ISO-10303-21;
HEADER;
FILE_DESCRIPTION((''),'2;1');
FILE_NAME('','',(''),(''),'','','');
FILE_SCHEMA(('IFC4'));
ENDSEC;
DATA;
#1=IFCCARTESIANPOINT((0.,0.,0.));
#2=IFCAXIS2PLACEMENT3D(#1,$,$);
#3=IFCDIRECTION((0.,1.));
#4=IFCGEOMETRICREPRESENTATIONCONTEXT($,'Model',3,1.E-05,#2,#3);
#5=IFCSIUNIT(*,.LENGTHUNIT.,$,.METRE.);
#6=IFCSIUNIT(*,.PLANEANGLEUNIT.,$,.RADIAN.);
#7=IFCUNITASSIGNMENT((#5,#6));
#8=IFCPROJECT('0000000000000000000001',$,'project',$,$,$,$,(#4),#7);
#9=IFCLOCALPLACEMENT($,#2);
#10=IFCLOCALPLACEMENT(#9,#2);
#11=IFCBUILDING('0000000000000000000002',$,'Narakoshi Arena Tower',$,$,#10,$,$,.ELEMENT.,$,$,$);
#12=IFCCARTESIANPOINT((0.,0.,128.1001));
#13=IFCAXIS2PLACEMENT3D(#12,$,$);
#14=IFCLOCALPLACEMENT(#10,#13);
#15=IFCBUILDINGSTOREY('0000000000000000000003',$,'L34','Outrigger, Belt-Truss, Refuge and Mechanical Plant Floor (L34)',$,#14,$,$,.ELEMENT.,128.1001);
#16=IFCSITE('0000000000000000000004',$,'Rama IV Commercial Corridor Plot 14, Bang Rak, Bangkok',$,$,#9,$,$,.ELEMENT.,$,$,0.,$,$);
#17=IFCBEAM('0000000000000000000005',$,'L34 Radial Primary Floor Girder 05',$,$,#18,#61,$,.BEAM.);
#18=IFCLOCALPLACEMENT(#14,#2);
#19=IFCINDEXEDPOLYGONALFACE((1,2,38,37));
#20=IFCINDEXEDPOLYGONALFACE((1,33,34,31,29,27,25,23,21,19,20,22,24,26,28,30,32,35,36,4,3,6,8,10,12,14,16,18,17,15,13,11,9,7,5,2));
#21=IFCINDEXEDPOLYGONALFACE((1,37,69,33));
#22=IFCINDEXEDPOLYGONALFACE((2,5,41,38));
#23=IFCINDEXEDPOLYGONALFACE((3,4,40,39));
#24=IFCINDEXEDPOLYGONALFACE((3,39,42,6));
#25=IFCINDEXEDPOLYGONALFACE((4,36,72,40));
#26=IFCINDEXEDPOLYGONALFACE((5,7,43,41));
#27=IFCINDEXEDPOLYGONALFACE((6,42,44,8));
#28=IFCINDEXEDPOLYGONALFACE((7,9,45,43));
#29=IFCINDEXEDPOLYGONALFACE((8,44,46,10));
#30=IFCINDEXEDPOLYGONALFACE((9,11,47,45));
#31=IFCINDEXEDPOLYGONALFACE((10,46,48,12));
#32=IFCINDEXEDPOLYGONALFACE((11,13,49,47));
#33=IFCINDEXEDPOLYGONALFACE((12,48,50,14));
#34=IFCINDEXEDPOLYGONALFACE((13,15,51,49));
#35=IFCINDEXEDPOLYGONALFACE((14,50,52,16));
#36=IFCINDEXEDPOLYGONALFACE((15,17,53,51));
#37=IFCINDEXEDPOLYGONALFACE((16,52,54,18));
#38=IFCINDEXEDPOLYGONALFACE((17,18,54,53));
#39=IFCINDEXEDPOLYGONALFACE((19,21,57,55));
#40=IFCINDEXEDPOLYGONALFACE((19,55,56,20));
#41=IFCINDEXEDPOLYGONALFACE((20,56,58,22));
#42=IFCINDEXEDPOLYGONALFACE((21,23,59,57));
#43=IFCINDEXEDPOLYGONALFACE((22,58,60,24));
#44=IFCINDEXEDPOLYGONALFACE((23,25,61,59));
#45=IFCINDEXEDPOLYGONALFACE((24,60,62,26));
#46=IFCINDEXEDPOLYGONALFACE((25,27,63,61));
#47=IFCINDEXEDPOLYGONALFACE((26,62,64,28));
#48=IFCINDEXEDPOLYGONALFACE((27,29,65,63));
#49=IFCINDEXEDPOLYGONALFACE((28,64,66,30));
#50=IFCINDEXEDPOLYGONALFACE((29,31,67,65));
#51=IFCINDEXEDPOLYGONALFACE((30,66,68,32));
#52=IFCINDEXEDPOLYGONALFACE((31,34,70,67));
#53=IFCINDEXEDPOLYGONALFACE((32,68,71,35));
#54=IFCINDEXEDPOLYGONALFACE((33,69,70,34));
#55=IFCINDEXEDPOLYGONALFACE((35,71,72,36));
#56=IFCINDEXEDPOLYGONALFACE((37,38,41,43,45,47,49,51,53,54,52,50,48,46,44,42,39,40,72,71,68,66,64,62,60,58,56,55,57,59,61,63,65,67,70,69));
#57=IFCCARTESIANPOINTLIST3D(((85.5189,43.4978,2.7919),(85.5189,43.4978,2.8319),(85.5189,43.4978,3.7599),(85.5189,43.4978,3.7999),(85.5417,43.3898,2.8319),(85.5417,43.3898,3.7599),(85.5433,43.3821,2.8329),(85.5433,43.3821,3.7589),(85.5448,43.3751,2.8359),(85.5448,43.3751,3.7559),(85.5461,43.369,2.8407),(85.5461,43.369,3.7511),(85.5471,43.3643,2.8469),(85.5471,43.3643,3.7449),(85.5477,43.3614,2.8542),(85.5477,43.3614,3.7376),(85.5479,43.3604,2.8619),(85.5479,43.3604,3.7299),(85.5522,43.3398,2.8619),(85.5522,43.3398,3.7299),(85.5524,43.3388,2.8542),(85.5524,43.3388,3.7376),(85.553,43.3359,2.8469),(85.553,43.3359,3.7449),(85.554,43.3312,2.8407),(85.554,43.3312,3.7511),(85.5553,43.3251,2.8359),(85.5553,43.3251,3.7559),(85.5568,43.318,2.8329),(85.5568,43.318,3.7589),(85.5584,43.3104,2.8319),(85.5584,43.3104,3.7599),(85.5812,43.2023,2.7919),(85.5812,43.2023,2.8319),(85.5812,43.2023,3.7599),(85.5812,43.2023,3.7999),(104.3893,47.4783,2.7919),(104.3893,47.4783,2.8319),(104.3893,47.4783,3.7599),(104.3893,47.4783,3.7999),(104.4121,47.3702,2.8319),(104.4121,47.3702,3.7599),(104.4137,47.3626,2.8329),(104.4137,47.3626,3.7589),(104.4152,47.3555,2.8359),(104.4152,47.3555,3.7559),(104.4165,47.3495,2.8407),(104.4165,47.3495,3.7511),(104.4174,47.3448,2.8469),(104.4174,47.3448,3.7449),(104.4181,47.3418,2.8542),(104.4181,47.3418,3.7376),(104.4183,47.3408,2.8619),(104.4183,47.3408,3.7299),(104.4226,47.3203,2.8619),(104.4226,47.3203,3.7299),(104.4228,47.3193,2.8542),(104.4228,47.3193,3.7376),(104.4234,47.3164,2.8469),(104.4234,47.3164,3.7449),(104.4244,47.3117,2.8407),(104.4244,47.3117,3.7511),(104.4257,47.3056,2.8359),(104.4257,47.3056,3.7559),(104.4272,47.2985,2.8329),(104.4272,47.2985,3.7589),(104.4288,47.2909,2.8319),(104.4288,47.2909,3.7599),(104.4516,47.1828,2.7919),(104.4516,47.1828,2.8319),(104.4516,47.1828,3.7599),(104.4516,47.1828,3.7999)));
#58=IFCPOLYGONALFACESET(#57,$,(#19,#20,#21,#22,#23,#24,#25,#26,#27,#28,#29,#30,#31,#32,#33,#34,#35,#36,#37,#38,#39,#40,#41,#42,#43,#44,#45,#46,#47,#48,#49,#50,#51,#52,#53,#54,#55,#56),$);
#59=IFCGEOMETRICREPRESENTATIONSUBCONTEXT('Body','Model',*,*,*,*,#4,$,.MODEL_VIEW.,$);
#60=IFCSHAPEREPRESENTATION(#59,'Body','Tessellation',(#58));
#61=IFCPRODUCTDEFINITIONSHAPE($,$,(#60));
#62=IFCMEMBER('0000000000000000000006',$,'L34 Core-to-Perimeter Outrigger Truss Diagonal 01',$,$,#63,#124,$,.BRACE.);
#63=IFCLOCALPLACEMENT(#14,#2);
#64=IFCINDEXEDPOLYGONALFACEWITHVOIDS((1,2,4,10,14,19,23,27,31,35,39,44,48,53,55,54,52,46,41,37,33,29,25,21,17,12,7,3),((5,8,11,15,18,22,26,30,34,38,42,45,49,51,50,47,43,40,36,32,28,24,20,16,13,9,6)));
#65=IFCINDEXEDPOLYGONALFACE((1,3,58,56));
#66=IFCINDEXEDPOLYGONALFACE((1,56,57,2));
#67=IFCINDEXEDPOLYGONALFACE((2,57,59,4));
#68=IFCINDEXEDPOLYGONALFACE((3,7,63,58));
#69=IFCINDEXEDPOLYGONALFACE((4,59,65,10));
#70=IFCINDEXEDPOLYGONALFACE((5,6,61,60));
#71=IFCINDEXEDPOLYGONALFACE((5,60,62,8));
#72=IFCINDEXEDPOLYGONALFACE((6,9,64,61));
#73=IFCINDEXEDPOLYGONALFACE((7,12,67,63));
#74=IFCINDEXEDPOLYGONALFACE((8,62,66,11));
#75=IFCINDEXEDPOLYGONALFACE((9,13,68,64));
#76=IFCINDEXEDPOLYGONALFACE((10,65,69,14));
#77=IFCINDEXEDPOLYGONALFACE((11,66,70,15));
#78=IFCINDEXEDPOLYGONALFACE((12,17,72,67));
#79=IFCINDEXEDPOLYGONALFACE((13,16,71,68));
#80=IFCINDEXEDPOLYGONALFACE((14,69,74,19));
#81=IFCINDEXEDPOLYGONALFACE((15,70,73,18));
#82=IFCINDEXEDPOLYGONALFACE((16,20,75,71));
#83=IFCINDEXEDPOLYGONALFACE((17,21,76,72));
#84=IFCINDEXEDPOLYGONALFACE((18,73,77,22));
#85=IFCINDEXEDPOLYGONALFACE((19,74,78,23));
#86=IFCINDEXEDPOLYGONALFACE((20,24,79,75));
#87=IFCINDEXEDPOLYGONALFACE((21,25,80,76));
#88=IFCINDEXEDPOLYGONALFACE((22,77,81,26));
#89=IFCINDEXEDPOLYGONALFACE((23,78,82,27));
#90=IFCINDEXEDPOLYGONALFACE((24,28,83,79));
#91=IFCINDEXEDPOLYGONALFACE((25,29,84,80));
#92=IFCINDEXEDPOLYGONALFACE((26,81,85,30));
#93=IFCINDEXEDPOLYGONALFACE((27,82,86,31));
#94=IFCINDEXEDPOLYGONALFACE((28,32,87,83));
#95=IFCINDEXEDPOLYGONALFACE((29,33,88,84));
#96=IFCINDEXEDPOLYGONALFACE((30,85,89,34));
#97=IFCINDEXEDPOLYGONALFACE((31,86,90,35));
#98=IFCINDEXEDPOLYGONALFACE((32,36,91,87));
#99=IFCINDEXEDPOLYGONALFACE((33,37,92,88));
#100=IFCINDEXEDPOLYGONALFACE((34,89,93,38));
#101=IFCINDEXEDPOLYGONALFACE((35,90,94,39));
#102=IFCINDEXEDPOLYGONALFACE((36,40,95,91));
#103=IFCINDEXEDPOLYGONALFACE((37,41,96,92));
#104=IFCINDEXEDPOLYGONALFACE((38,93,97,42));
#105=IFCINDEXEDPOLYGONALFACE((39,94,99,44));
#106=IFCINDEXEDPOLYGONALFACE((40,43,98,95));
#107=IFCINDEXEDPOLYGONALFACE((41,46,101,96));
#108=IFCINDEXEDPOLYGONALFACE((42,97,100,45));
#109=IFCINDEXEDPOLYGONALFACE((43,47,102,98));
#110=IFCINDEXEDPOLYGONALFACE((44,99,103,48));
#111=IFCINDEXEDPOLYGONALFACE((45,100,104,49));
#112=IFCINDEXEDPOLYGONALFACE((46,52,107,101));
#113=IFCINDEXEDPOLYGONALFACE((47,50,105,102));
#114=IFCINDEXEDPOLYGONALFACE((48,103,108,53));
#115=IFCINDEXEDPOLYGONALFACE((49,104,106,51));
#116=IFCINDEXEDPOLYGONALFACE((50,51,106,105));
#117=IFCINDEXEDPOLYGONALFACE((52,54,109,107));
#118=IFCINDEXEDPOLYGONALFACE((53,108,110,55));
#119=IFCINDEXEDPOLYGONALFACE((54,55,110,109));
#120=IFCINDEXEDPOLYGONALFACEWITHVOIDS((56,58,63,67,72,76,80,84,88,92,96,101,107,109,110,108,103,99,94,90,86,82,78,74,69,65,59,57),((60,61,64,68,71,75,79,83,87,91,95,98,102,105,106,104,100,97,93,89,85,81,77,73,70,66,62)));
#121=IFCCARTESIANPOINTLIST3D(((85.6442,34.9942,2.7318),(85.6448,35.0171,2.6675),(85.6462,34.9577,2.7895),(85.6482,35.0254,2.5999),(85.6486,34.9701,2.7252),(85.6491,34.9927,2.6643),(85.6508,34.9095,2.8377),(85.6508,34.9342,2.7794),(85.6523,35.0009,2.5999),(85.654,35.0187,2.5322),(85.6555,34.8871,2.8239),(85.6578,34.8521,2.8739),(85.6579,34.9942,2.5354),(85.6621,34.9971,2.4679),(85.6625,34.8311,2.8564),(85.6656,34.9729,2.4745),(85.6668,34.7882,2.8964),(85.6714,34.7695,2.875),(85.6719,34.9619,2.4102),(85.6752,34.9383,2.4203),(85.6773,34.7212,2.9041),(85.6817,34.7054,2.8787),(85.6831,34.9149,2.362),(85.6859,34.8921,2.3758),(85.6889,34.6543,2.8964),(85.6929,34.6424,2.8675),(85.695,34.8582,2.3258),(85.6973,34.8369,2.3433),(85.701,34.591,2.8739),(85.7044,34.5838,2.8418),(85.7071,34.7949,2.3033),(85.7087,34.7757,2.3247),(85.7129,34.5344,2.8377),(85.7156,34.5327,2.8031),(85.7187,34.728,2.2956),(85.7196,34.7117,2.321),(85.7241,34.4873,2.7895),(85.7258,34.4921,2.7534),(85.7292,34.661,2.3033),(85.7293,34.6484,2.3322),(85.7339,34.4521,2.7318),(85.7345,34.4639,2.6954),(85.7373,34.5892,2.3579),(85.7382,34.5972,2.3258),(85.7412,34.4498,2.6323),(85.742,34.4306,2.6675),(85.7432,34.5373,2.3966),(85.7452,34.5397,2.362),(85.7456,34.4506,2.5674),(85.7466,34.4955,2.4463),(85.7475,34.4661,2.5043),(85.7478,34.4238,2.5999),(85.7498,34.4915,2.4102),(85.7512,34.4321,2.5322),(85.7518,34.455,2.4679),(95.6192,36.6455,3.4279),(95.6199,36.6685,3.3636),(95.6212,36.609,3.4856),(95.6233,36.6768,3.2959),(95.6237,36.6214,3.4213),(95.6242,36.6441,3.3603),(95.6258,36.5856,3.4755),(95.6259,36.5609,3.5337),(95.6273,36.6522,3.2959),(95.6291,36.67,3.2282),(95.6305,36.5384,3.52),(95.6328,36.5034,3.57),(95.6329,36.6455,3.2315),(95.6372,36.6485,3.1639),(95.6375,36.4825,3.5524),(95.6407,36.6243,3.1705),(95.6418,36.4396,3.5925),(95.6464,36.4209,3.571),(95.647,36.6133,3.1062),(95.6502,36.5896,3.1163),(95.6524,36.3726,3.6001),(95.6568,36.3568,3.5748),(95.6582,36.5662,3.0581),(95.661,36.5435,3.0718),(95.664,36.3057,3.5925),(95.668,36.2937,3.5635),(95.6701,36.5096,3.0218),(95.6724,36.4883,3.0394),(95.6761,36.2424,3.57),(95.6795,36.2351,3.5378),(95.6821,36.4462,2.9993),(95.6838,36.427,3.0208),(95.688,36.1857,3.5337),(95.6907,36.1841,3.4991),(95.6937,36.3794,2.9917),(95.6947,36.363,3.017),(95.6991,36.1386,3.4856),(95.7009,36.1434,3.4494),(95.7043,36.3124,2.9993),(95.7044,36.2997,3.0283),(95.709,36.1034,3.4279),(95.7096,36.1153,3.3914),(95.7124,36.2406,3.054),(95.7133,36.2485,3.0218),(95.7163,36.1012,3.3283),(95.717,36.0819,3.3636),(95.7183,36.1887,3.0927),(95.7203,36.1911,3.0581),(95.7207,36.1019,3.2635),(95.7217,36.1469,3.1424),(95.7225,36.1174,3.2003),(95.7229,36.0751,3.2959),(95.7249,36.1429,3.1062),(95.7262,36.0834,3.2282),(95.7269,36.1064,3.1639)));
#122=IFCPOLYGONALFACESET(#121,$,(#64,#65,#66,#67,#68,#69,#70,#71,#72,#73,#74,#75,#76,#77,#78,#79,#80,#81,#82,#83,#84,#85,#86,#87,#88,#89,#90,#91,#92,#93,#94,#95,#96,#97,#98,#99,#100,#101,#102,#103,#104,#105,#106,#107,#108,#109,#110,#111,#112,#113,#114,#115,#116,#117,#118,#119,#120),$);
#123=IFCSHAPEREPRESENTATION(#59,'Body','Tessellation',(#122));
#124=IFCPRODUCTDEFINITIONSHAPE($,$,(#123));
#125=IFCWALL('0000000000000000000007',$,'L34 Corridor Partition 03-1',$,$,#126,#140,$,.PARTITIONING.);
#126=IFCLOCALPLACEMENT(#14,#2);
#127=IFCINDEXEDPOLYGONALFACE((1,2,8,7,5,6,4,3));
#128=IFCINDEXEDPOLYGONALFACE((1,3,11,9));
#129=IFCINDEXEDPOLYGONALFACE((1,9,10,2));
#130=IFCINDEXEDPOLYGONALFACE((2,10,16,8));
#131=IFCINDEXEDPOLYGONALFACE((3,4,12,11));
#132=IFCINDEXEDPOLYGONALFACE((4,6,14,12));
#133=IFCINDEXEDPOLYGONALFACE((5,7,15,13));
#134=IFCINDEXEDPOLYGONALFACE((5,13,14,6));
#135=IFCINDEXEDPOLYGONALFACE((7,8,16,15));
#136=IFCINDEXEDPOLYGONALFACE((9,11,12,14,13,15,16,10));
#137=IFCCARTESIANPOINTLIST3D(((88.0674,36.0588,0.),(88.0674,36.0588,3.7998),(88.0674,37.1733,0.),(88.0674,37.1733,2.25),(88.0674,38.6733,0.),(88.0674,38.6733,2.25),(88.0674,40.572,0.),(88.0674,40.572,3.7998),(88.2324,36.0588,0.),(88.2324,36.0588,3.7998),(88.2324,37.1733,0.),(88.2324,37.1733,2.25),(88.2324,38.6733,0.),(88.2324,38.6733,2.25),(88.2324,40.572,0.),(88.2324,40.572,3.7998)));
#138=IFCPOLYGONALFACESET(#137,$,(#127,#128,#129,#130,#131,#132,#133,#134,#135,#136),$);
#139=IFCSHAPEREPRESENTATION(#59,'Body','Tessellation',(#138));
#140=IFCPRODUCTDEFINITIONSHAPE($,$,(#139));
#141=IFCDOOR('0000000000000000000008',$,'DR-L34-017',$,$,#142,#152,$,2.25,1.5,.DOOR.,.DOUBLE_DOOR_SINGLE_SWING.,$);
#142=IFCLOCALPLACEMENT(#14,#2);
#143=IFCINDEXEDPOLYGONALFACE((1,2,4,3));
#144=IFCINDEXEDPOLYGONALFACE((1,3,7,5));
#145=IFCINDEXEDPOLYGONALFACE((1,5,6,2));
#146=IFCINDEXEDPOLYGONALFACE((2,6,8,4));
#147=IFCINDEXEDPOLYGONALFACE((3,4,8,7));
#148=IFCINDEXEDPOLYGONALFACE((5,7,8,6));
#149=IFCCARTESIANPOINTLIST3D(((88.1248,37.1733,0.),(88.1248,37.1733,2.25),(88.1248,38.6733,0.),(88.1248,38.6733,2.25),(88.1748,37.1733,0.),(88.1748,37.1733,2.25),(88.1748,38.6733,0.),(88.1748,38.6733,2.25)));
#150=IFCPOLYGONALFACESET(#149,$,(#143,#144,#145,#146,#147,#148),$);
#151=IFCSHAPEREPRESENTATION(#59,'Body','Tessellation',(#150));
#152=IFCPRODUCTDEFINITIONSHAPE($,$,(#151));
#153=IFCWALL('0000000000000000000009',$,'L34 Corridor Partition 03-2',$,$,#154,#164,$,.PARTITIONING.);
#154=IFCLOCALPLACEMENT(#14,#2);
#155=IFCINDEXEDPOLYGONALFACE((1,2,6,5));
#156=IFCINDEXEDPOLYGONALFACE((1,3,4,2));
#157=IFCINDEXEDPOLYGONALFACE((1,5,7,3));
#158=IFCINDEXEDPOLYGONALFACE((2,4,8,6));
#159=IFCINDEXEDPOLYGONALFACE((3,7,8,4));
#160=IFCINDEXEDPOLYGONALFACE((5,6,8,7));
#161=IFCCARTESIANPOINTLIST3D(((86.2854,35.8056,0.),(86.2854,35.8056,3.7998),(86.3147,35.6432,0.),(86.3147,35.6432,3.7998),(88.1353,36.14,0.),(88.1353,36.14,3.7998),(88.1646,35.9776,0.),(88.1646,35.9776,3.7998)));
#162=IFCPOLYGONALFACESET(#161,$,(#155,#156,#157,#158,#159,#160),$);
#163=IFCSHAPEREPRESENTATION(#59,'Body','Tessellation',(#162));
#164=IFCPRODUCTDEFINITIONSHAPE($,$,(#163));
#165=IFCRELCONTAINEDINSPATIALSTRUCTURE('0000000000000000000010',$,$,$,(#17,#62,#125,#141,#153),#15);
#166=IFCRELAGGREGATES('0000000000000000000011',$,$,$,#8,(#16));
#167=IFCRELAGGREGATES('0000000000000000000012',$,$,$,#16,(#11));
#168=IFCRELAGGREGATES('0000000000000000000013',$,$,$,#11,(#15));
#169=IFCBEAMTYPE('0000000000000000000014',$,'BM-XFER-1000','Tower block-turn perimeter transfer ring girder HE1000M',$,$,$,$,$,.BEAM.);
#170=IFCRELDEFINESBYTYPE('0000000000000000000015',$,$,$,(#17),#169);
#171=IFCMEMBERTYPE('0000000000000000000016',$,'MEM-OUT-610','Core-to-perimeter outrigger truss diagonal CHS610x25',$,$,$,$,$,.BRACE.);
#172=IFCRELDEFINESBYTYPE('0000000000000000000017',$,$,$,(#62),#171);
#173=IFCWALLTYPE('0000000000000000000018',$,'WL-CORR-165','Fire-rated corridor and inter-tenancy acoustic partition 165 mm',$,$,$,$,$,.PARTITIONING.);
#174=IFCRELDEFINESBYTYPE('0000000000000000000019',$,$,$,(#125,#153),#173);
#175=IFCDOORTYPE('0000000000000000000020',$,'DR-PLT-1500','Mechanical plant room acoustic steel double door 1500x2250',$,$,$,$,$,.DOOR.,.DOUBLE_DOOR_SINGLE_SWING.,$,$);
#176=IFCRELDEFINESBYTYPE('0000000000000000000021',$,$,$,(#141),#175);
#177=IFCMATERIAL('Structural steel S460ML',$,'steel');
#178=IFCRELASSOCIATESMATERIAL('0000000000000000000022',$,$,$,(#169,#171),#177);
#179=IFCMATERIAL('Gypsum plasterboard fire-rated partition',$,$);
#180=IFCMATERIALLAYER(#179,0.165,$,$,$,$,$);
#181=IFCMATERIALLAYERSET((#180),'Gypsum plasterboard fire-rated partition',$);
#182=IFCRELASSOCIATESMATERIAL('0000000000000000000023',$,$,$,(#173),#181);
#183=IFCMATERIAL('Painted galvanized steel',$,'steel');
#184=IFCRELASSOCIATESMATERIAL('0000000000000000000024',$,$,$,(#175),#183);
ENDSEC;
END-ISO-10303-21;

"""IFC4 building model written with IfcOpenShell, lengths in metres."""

from ifc_helpers import new_model, si_unit, direction, frame, frame_2d, origin, origin_2d, place, context, subcontext, project, spatial, rectangle, hollow_circle, i_section, extrude, material, layer, layer_set, material_profile, profile_set, type_object, element, fill, save


model = new_model("IFC4")

# Units and contexts
model_context = context("Model", 3, precision=1e-05, world=origin(), true_north=direction((0.0, 1.0)))
body_context = subcontext(model_context, "Body", "Model", "MODEL_VIEW")
ifc_project = project(units=[si_unit("LENGTHUNIT", "METRE"), si_unit("PLANEANGLEUNIT", "RADIAN")], contexts=[model_context])

# Site, building, storey
site_placement = place(None, origin())
site = spatial("IfcSite", under=ifc_project, at=site_placement, Name="Rama IV Commercial Corridor Plot 14, Bang Rak, Bangkok", CompositionType="ELEMENT", RefElevation=0.0)
building_placement = place(site_placement, origin())
building = spatial("IfcBuilding", under=site, at=building_placement, Name="Narakoshi Arena Tower", CompositionType="ELEMENT")
storey_placement = place(building_placement, frame((0.0, 0.0, 128.1001)))
storey = spatial("IfcBuildingStorey", under=building, at=storey_placement, Name="L34", Description="Outrigger, Belt-Truss, Refuge and Mechanical Plant Floor (L34)", CompositionType="ELEMENT", Elevation=128.1001)

# Beam
ifc_material_1 = material(Name="Structural steel S460ML", Category="steel")
ifc_material_profile_1 = material_profile(ifc_material_1, i_section(OverallWidth=0.302, OverallDepth=1.0081, WebThickness=0.021, FlangeThickness=0.04, FilletRadius=0.03, at=origin_2d()), Name="HE1000M")
ifc_profile_set_1 = profile_set([ifc_material_profile_1], Name="Structural steel S460ML")
beam_type_1 = type_object("IfcBeamType", Name="BM-XFER-1000", Description="Tower block-turn perimeter transfer ring girder HE1000M", PredefinedType="BEAM", material=ifc_profile_set_1)
beam_1_placement = place(storey_placement, frame((85.55, 43.3501, 3.2959), z_axis=(0.978469, 0.206396, 0.0), x_axis=(-0.206396, 0.978469, 0.0)))
element("IfcBeam", 1, at=beam_1_placement, inside=storey, type_object=beam_type_1, Name="L34 Radial Primary Floor Girder 05", PredefinedType="BEAM", context=body_context, shape_type="SweptSolid", body=[
    extrude(i_section(OverallWidth=0.302, OverallDepth=1.0081, WebThickness=0.021, FlangeThickness=0.04, FilletRadius=0.03, at=origin_2d()), origin(), (0.0, 0.0, 1.0), 19.2856),
])

# Member
ifc_material_profile_2 = material_profile(ifc_material_1, hollow_circle(Radius=0.3049, WallThickness=0.0249, at=origin_2d()), Name="CHS610x25")
ifc_profile_set_2 = profile_set([ifc_material_profile_2], Name="Structural steel S460ML")
member_type = type_object("IfcMemberType", Name="MEM-OUT-610", Description="Core-to-perimeter outrigger truss diagonal CHS610x25", PredefinedType="BRACE", material=ifc_profile_set_2)
member_placement = place(storey_placement, frame((85.698, 34.7246, 2.5999), z_axis=(0.984243, 0.16294, 0.068679), x_axis=(-0.163326, 0.986572, 0.0)))
element("IfcMember", 2, at=member_placement, inside=storey, type_object=member_type, Name="L34 Core-to-Perimeter Outrigger Truss Diagonal 01", PredefinedType="BRACE", context=body_context, shape_type="SweptSolid", body=[
    extrude(hollow_circle(Radius=0.3049, WallThickness=0.0249, at=origin_2d()), origin(), (0.0, 0.0, 1.0), 10.1348),
])

# Wall, opening, door
ifc_material_2 = material(Name="Gypsum plasterboard fire-rated partition")
ifc_layer_1 = layer(ifc_material_2, 0.165)
ifc_layer_set_1 = layer_set([ifc_layer_1], Name="Gypsum plasterboard fire-rated partition")
wall_type_1 = type_object("IfcWallType", Name="WL-CORR-165", Description="Fire-rated corridor and inter-tenancy acoustic partition 165 mm", PredefinedType="PARTITIONING", material=ifc_layer_set_1)
wall_1_placement = place(storey_placement, frame((88.1499, 36.0588, 0.0), z_axis=(0.0, 0.0, 1.0), x_axis=(0.0, 1.0, 0.0)))
wall_1 = element("IfcWall", 3, at=wall_1_placement, inside=storey, type_object=wall_type_1, Name="L34 Corridor Partition 03-1", PredefinedType="PARTITIONING", context=body_context, shape_type="SweptSolid", body=[
    extrude(rectangle(XDim=4.5132, YDim=0.165, at=frame_2d((2.2566, 0.0))), origin(), (0.0, 0.0, 1.0), 3.7998),
])
opening_1_placement = place(wall_1_placement, frame((1.1145, 0.0, 0.0)))
opening_1 = element("IfcOpeningElement", 4, at=opening_1_placement, cuts=wall_1, PredefinedType="OPENING", context=body_context, shape_type="SweptSolid", body=[
    extrude(rectangle(XDim=1.5, YDim=2.25, at=frame_2d((0.75, 1.125))), frame((0.0, 0.0925, 0.0), z_axis=(0.0, -1.0, 0.0), x_axis=(1.0, 0.0, 0.0)), (0.0, 0.0, 1.0), 0.1851),
])
ifc_material_3 = material(Name="Painted galvanized steel", Category="steel")
door_type_1 = type_object("IfcDoorType", Name="DR-PLT-1500", Description="Mechanical plant room acoustic steel double door 1500x2250", OperationType="DOUBLE_DOOR_SINGLE_SWING", PredefinedType="DOOR", material=ifc_material_3)
door_1_placement = place(opening_1_placement, frame((1.5, 0.0, 0.0), z_axis=(0.0, 0.0, 1.0), x_axis=(-1.0, 0.0, 0.0)))
door_1 = element("IfcDoor", 5, at=door_1_placement, inside=storey, type_object=door_type_1, Name="DR-L34-017", OperationType="DOUBLE_DOOR_SINGLE_SWING", OverallHeight=2.25, OverallWidth=1.5, PredefinedType="DOOR", context=body_context, shape_type="SweptSolid", body=[
    extrude(rectangle(XDim=1.5, YDim=2.25, at=frame_2d((0.75, 1.125))), frame((0.0, 0.0249, 0.0), z_axis=(0.0, -1.0, 0.0), x_axis=(1.0, 0.0, 0.0)), (0.0, 0.0, 1.0), 0.05),
])
fill(opening_1, door_1)

# Wall
wall_2_placement = place(storey_placement, frame((86.3, 35.7244, 0.0), z_axis=(0.0, 0.0, 1.0), x_axis=(0.984044, 0.177925, 0.0)))
element("IfcWall", 6, at=wall_2_placement, inside=storey, type_object=wall_type_1, Name="L34 Corridor Partition 03-2", PredefinedType="PARTITIONING", context=body_context, shape_type="SweptSolid", body=[
    extrude(rectangle(XDim=1.8799, YDim=0.165, at=frame_2d((0.9399, 0.0))), origin(), (0.0, 0.0, 1.0), 3.7998),
])

save(model, "model.ifc")
